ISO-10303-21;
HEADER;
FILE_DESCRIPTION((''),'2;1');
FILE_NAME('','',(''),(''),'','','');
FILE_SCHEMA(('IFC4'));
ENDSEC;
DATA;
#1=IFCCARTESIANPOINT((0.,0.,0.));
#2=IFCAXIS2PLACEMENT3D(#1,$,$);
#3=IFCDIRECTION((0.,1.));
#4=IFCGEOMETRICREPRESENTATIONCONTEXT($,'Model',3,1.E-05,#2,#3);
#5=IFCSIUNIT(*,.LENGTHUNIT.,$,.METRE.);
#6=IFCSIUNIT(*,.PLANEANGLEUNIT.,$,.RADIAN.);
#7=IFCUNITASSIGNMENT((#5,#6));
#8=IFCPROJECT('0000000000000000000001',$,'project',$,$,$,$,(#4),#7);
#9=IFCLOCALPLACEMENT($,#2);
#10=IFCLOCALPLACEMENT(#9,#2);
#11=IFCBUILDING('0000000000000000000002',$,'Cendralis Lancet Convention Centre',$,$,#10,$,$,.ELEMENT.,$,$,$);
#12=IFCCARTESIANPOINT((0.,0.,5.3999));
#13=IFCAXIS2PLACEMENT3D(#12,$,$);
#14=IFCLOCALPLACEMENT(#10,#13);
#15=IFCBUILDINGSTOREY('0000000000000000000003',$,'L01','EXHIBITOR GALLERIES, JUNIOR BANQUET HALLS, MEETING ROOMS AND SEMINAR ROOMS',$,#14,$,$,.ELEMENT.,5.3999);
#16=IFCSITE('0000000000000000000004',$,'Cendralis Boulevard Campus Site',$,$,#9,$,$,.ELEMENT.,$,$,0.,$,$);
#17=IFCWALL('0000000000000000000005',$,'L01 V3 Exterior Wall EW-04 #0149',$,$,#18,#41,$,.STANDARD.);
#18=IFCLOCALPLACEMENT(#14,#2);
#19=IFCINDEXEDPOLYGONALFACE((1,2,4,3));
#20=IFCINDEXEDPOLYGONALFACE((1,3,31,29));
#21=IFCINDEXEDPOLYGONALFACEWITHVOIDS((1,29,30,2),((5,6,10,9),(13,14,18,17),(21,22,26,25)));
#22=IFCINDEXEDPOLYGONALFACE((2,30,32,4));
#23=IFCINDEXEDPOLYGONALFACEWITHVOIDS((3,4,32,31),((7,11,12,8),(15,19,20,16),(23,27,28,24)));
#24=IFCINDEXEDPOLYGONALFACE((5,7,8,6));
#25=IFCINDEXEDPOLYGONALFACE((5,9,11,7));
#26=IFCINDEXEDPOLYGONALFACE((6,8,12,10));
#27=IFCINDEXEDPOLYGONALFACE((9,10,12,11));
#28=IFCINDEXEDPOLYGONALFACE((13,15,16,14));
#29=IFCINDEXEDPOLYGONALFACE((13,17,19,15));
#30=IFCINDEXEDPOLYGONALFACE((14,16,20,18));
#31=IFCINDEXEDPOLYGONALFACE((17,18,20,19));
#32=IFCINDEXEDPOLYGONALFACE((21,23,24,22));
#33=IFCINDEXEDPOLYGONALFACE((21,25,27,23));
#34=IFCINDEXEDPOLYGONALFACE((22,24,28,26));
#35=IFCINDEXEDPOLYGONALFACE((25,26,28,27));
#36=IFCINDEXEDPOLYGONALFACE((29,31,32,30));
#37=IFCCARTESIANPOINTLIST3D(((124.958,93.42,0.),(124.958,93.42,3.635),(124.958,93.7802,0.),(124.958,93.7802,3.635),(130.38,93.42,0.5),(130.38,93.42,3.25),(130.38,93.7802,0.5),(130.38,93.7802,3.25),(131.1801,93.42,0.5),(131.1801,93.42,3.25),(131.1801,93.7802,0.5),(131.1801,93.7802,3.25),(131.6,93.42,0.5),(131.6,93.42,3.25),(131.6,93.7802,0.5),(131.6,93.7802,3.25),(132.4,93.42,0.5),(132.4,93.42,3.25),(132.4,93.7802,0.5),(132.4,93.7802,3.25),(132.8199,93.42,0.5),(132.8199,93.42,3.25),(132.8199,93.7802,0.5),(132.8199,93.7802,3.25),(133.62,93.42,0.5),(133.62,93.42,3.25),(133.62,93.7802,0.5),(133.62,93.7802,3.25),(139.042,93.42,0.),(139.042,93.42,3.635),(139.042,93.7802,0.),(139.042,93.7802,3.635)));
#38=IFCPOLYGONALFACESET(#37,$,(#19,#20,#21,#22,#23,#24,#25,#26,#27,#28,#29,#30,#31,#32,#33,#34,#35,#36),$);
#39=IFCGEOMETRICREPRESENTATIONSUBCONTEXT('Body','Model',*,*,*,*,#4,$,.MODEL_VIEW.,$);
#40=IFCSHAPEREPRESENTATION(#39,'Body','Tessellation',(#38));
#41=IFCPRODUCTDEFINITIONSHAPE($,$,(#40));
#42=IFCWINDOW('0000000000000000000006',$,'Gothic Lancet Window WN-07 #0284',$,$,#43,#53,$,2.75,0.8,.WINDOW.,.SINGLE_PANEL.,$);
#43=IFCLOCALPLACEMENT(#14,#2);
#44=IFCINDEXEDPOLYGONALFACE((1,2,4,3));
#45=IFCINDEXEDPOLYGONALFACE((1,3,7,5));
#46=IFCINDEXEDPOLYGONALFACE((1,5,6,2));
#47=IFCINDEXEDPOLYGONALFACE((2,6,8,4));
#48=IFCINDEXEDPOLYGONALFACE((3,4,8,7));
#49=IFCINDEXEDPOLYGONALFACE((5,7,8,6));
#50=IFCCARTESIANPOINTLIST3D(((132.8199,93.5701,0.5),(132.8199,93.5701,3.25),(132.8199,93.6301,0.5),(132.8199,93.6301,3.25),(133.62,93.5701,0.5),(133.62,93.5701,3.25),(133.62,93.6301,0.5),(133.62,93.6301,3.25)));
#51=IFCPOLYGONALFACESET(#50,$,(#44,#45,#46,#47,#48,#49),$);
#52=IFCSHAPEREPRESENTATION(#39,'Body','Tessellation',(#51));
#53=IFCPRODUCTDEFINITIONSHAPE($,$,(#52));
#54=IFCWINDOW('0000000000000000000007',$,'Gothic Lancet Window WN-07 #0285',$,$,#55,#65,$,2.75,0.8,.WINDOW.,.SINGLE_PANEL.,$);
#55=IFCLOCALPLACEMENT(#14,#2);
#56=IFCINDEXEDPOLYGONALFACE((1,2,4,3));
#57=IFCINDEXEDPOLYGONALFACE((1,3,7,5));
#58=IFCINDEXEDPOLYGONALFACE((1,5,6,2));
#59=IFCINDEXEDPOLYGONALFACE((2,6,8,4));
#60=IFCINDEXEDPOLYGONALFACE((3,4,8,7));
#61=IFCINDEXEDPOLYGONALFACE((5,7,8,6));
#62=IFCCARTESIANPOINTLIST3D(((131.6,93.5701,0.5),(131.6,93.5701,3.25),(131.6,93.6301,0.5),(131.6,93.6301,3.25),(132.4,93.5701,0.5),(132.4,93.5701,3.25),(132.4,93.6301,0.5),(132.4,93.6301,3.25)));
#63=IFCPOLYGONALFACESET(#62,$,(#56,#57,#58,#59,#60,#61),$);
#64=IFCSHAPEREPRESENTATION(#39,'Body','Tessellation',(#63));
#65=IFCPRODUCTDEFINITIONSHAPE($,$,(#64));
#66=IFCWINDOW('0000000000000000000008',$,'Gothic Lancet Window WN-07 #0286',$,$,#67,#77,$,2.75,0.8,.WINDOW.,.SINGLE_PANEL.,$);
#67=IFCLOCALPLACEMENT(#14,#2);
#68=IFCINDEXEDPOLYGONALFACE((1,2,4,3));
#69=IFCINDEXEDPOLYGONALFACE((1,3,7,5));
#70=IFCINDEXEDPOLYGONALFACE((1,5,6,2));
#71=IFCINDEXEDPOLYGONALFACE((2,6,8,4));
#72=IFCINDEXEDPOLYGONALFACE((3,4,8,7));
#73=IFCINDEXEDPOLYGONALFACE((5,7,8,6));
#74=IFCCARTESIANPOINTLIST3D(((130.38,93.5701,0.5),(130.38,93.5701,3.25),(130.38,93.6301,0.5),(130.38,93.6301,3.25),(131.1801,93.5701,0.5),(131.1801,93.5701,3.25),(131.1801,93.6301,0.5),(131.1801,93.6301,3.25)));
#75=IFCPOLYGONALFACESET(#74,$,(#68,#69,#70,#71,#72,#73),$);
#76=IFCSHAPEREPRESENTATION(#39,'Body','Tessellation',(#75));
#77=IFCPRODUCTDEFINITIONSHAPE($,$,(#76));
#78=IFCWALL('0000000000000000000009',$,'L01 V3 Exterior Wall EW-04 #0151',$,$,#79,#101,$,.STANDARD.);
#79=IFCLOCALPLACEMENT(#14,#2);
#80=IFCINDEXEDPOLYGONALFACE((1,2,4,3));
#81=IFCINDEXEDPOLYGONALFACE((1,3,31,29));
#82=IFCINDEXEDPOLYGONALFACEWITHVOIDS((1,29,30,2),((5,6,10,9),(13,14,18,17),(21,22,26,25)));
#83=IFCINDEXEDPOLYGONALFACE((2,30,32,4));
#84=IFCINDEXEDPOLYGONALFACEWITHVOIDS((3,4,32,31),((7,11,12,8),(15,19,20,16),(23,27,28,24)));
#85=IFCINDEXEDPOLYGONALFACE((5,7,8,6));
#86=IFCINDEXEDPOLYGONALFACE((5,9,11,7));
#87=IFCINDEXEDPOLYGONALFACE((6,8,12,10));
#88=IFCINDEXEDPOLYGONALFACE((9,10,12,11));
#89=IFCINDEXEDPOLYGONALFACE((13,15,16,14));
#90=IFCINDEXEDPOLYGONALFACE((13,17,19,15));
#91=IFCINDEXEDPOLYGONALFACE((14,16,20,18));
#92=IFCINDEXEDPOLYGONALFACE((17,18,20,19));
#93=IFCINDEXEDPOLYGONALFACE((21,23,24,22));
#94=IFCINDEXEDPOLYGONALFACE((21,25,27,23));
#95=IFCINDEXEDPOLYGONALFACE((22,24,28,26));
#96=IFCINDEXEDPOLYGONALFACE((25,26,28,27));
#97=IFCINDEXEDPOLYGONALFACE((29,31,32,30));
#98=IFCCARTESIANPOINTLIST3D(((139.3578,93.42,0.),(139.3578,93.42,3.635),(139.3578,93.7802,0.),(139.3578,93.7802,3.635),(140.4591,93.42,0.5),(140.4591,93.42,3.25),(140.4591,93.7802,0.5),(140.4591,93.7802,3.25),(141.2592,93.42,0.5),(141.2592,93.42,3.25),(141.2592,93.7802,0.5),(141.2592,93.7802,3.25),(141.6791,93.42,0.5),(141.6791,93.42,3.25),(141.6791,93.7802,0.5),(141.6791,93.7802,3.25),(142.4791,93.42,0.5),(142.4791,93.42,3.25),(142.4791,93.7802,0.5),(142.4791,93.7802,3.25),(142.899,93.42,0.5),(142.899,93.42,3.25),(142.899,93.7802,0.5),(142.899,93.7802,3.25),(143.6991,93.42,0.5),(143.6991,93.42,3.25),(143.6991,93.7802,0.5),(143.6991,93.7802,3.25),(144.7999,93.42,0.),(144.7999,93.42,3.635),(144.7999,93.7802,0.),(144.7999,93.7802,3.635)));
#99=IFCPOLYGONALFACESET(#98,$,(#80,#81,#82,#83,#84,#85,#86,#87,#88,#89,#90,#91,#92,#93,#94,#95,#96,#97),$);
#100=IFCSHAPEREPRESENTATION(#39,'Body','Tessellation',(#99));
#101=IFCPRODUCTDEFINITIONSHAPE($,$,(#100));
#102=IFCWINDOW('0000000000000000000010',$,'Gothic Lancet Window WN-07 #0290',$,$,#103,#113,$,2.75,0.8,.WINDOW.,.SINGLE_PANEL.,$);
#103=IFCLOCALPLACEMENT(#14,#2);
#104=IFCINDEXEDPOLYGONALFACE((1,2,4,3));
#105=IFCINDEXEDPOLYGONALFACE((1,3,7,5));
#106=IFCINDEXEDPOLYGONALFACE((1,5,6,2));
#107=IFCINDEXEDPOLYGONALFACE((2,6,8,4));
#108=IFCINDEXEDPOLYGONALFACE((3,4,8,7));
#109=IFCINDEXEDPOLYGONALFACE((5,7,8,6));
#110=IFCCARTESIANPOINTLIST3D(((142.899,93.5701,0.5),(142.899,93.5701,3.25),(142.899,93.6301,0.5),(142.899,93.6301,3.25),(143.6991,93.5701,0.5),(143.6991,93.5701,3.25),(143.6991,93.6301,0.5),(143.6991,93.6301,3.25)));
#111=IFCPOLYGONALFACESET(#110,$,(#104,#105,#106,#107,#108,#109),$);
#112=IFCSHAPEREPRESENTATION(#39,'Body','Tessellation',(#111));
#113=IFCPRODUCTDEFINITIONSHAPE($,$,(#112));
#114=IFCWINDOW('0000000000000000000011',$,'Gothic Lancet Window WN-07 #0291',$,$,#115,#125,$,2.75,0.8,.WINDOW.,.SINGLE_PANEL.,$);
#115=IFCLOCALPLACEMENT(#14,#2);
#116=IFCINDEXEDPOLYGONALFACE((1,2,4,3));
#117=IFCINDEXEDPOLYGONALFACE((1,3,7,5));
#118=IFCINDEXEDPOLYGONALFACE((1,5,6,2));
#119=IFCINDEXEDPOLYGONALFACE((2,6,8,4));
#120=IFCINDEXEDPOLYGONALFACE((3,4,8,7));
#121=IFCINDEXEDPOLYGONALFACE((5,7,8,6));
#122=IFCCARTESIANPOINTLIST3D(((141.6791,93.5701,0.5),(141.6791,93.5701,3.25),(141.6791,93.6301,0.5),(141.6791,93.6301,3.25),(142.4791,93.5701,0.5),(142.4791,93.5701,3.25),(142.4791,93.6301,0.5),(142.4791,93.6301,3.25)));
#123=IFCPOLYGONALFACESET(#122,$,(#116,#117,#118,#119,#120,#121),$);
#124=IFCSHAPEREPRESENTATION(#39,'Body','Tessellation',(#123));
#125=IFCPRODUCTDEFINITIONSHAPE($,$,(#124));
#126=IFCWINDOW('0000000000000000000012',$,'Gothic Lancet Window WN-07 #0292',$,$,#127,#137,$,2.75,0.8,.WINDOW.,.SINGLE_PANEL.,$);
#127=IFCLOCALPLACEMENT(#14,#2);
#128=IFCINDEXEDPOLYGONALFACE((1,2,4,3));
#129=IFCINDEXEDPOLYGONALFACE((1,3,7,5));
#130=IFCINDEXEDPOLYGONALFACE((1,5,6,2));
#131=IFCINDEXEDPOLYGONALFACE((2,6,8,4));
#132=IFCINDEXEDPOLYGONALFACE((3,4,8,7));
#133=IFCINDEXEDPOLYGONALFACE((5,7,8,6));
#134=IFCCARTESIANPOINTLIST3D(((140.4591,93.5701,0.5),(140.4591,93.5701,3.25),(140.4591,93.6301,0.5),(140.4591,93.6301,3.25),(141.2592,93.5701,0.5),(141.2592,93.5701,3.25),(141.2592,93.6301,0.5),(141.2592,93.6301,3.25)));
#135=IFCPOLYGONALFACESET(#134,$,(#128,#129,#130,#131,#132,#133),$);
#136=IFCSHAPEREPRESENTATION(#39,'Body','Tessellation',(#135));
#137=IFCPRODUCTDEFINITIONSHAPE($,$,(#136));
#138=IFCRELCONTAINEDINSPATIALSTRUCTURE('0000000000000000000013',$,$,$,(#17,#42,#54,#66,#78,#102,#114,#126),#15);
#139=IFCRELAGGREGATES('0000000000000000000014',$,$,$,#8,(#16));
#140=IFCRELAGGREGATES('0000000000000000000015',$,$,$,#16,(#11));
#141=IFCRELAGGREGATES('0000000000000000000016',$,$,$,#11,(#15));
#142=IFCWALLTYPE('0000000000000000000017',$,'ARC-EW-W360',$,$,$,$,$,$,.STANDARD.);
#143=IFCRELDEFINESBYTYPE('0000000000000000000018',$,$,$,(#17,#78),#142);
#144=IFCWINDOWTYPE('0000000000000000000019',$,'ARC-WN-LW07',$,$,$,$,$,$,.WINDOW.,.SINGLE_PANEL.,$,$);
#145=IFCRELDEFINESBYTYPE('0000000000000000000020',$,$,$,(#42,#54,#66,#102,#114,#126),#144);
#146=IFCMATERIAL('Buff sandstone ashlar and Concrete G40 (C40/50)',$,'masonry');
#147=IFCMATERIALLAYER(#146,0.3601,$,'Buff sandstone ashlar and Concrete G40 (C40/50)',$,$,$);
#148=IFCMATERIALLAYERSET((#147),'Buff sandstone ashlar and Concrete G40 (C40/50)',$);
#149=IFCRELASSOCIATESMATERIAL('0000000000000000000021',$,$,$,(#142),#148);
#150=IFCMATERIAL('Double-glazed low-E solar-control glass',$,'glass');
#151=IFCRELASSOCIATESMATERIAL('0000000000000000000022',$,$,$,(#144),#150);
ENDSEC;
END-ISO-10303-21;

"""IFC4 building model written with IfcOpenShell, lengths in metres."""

from ifc_helpers import new_model, si_unit, direction, frame, frame_2d, origin, place, context, subcontext, project, spatial, rectangle, extrude, material, layer, layer_set, type_object, element, fill, save


model = new_model("IFC4")

# Units and contexts
model_context = context("Model", 3, precision=1e-05, world=origin(), true_north=direction((0.0, 1.0)))
body_context = subcontext(model_context, "Body", "Model", "MODEL_VIEW")
ifc_project = project(units=[si_unit("LENGTHUNIT", "METRE"), si_unit("PLANEANGLEUNIT", "RADIAN")], contexts=[model_context])

# Site, building, storey
site_placement = place(None, origin())
site = spatial("IfcSite", under=ifc_project, at=site_placement, Name="Cendralis Boulevard Campus Site", CompositionType="ELEMENT", RefElevation=0.0)
building_placement = place(site_placement, origin())
building = spatial("IfcBuilding", under=site, at=building_placement, Name="Cendralis Lancet Convention Centre", CompositionType="ELEMENT")
storey_placement = place(building_placement, frame((0.0, 0.0, 5.3999)))
storey = spatial("IfcBuildingStorey", under=building, at=storey_placement, Name="L01", Description="EXHIBITOR GALLERIES, JUNIOR BANQUET HALLS, MEETING ROOMS AND SEMINAR ROOMS", CompositionType="ELEMENT", Elevation=5.3999)

# Walls, openings, windows
ifc_material_1 = material(Name="Buff sandstone ashlar and Concrete G40 (C40/50)", Category="masonry")
ifc_layer_1 = layer(ifc_material_1, 0.3601, Name="Buff sandstone ashlar and Concrete G40 (C40/50)")
ifc_layer_set_1 = layer_set([ifc_layer_1], Name="Buff sandstone ashlar and Concrete G40 (C40/50)")
wall_type_1 = type_object("IfcWallType", Name="ARC-EW-W360", PredefinedType="STANDARD", material=ifc_layer_set_1)
wall_1_placement = place(storey_placement, frame((139.042, 93.6001, 0.0), z_axis=(0.0, 0.0, 1.0), x_axis=(-1.0, 0.0, 0.0)))
wall_1 = element("IfcWall", 1, at=wall_1_placement, inside=storey, type_object=wall_type_1, Name="L01 V3 Exterior Wall EW-04 #0149", PredefinedType="STANDARD", context=body_context, shape_type="SweptSolid", body=[
    extrude(rectangle(XDim=14.084, YDim=0.3601, at=frame_2d((7.042, 0.0))), origin(), (0.0, 0.0, 1.0), 3.635),
])
opening_1_placement = place(wall_1_placement, frame((5.4221, 0.0, 0.5)))
opening_1 = element("IfcOpeningElement", 2, at=opening_1_placement, cuts=wall_1, PredefinedType="OPENING", context=body_context, shape_type="SweptSolid", body=[
    extrude(rectangle(XDim=0.8, YDim=2.75, at=frame_2d((0.3999, 1.375))), frame((0.0, 0.1899, 0.0), z_axis=(0.0, -1.0, 0.0), x_axis=(1.0, 0.0, 0.0)), (0.0, 0.0, 1.0), 0.3801),
])
opening_2_placement = place(wall_1_placement, frame((6.6421, 0.0, 0.5)))
opening_2 = element("IfcOpeningElement", 3, at=opening_2_placement, cuts=wall_1, PredefinedType="OPENING", context=body_context, shape_type="SweptSolid", body=[
    extrude(rectangle(XDim=0.8, YDim=2.75, at=frame_2d((0.3999, 1.375))), frame((0.0, 0.1899, 0.0), z_axis=(0.0, -1.0, 0.0), x_axis=(1.0, 0.0, 0.0)), (0.0, 0.0, 1.0), 0.3801),
])
opening_3_placement = place(wall_1_placement, frame((7.8621, 0.0, 0.5)))
opening_3 = element("IfcOpeningElement", 4, at=opening_3_placement, cuts=wall_1, PredefinedType="OPENING", context=body_context, shape_type="SweptSolid", body=[
    extrude(rectangle(XDim=0.8, YDim=2.75, at=frame_2d((0.3999, 1.375))), frame((0.0, 0.1899, 0.0), z_axis=(0.0, -1.0, 0.0), x_axis=(1.0, 0.0, 0.0)), (0.0, 0.0, 1.0), 0.3801),
])
ifc_material_2 = material(Name="Double-glazed low-E solar-control glass", Category="glass")
window_type = type_object("IfcWindowType", Name="ARC-WN-LW07", PartitioningType="SINGLE_PANEL", PredefinedType="WINDOW", material=ifc_material_2)
window_1_placement = place(opening_1_placement, origin())
window_1 = element("IfcWindow", 5, at=window_1_placement, inside=storey, type_object=window_type, Name="Gothic Lancet Window WN-07 #0284", OverallHeight=2.75, OverallWidth=0.8, PartitioningType="SINGLE_PANEL", PredefinedType="WINDOW", context=body_context, shape_type="SweptSolid", body=[
    extrude(rectangle(XDim=0.8, YDim=2.75, at=frame_2d((0.3999, 1.375))), frame((0.0, 0.03, 0.0), z_axis=(0.0, -1.0, 0.0), x_axis=(1.0, 0.0, 0.0)), (0.0, 0.0, 1.0), 0.0601),
])
fill(opening_1, window_1)
window_2_placement = place(opening_2_placement, origin())
window_2 = element("IfcWindow", 6, at=window_2_placement, inside=storey, type_object=window_type, Name="Gothic Lancet Window WN-07 #0285", OverallHeight=2.75, OverallWidth=0.8, PartitioningType="SINGLE_PANEL", PredefinedType="WINDOW", context=body_context, shape_type="SweptSolid", body=[
    extrude(rectangle(XDim=0.8, YDim=2.75, at=frame_2d((0.3999, 1.375))), frame((0.0, 0.03, 0.0), z_axis=(0.0, -1.0, 0.0), x_axis=(1.0, 0.0, 0.0)), (0.0, 0.0, 1.0), 0.0601),
])
fill(opening_2, window_2)
window_3_placement = place(opening_3_placement, origin())
window_3 = element("IfcWindow", 7, at=window_3_placement, inside=storey, type_object=window_type, Name="Gothic Lancet Window WN-07 #0286", OverallHeight=2.75, OverallWidth=0.8, PartitioningType="SINGLE_PANEL", PredefinedType="WINDOW", context=body_context, shape_type="SweptSolid", body=[
    extrude(rectangle(XDim=0.8, YDim=2.75, at=frame_2d((0.3999, 1.375))), frame((0.0, 0.03, 0.0), z_axis=(0.0, -1.0, 0.0), x_axis=(1.0, 0.0, 0.0)), (0.0, 0.0, 1.0), 0.0601),
])
fill(opening_3, window_3)
wall_2_placement = place(storey_placement, frame((144.8, 93.6001, 0.0), z_axis=(0.0, 0.0, 1.0), x_axis=(-1.0, 0.0, 0.0)))
wall_2 = element("IfcWall", 8, at=wall_2_placement, inside=storey, type_object=wall_type_1, Name="L01 V3 Exterior Wall EW-04 #0151", PredefinedType="STANDARD", context=body_context, shape_type="SweptSolid", body=[
    extrude(rectangle(XDim=5.4421, YDim=0.3601, at=frame_2d((2.7212, 0.0))), origin(), (0.0, 0.0, 1.0), 3.635),
])
opening_4_placement = place(wall_2_placement, frame((1.1011, 0.0, 0.5)))
opening_4 = element("IfcOpeningElement", 9, at=opening_4_placement, cuts=wall_2, PredefinedType="OPENING", context=body_context, shape_type="SweptSolid", body=[
    extrude(rectangle(XDim=0.8, YDim=2.75, at=frame_2d((0.3999, 1.375))), frame((0.0, 0.1899, 0.0), z_axis=(0.0, -1.0, 0.0), x_axis=(1.0, 0.0, 0.0)), (0.0, 0.0, 1.0), 0.3801),
])
opening_5_placement = place(wall_2_placement, frame((2.321, 0.0, 0.5)))
opening_5 = element("IfcOpeningElement", 10, at=opening_5_placement, cuts=wall_2, PredefinedType="OPENING", context=body_context, shape_type="SweptSolid", body=[
    extrude(rectangle(XDim=0.8, YDim=2.75, at=frame_2d((0.3999, 1.375))), frame((0.0, 0.1899, 0.0), z_axis=(0.0, -1.0, 0.0), x_axis=(1.0, 0.0, 0.0)), (0.0, 0.0, 1.0), 0.3801),
])
opening_6_placement = place(wall_2_placement, frame((3.541, 0.0, 0.5)))
opening_6 = element("IfcOpeningElement", 11, at=opening_6_placement, cuts=wall_2, PredefinedType="OPENING", context=body_context, shape_type="SweptSolid", body=[
    extrude(rectangle(XDim=0.8, YDim=2.75, at=frame_2d((0.3999, 1.375))), frame((0.0, 0.1899, 0.0), z_axis=(0.0, -1.0, 0.0), x_axis=(1.0, 0.0, 0.0)), (0.0, 0.0, 1.0), 0.3801),
])
window_4_placement = place(opening_4_placement, origin())
window_4 = element("IfcWindow", 12, at=window_4_placement, inside=storey, type_object=window_type, Name="Gothic Lancet Window WN-07 #0290", OverallHeight=2.75, OverallWidth=0.8, PartitioningType="SINGLE_PANEL", PredefinedType="WINDOW", context=body_context, shape_type="SweptSolid", body=[
    extrude(rectangle(XDim=0.8, YDim=2.75, at=frame_2d((0.3999, 1.375))), frame((0.0, 0.03, 0.0), z_axis=(0.0, -1.0, 0.0), x_axis=(1.0, 0.0, 0.0)), (0.0, 0.0, 1.0), 0.0601),
])
fill(opening_4, window_4)
window_5_placement = place(opening_5_placement, origin())
window_5 = element("IfcWindow", 13, at=window_5_placement, inside=storey, type_object=window_type, Name="Gothic Lancet Window WN-07 #0291", OverallHeight=2.75, OverallWidth=0.8, PartitioningType="SINGLE_PANEL", PredefinedType="WINDOW", context=body_context, shape_type="SweptSolid", body=[
    extrude(rectangle(XDim=0.8, YDim=2.75, at=frame_2d((0.3999, 1.375))), frame((0.0, 0.03, 0.0), z_axis=(0.0, -1.0, 0.0), x_axis=(1.0, 0.0, 0.0)), (0.0, 0.0, 1.0), 0.0601),
])
fill(opening_5, window_5)
window_6_placement = place(opening_6_placement, origin())
window_6 = element("IfcWindow", 14, at=window_6_placement, inside=storey, type_object=window_type, Name="Gothic Lancet Window WN-07 #0292", OverallHeight=2.75, OverallWidth=0.8, PartitioningType="SINGLE_PANEL", PredefinedType="WINDOW", context=body_context, shape_type="SweptSolid", body=[
    extrude(rectangle(XDim=0.8, YDim=2.75, at=frame_2d((0.3999, 1.375))), frame((0.0, 0.03, 0.0), z_axis=(0.0, -1.0, 0.0), x_axis=(1.0, 0.0, 0.0)), (0.0, 0.0, 1.0), 0.0601),
])
fill(opening_6, window_6)

save(model, "model.ifc")
